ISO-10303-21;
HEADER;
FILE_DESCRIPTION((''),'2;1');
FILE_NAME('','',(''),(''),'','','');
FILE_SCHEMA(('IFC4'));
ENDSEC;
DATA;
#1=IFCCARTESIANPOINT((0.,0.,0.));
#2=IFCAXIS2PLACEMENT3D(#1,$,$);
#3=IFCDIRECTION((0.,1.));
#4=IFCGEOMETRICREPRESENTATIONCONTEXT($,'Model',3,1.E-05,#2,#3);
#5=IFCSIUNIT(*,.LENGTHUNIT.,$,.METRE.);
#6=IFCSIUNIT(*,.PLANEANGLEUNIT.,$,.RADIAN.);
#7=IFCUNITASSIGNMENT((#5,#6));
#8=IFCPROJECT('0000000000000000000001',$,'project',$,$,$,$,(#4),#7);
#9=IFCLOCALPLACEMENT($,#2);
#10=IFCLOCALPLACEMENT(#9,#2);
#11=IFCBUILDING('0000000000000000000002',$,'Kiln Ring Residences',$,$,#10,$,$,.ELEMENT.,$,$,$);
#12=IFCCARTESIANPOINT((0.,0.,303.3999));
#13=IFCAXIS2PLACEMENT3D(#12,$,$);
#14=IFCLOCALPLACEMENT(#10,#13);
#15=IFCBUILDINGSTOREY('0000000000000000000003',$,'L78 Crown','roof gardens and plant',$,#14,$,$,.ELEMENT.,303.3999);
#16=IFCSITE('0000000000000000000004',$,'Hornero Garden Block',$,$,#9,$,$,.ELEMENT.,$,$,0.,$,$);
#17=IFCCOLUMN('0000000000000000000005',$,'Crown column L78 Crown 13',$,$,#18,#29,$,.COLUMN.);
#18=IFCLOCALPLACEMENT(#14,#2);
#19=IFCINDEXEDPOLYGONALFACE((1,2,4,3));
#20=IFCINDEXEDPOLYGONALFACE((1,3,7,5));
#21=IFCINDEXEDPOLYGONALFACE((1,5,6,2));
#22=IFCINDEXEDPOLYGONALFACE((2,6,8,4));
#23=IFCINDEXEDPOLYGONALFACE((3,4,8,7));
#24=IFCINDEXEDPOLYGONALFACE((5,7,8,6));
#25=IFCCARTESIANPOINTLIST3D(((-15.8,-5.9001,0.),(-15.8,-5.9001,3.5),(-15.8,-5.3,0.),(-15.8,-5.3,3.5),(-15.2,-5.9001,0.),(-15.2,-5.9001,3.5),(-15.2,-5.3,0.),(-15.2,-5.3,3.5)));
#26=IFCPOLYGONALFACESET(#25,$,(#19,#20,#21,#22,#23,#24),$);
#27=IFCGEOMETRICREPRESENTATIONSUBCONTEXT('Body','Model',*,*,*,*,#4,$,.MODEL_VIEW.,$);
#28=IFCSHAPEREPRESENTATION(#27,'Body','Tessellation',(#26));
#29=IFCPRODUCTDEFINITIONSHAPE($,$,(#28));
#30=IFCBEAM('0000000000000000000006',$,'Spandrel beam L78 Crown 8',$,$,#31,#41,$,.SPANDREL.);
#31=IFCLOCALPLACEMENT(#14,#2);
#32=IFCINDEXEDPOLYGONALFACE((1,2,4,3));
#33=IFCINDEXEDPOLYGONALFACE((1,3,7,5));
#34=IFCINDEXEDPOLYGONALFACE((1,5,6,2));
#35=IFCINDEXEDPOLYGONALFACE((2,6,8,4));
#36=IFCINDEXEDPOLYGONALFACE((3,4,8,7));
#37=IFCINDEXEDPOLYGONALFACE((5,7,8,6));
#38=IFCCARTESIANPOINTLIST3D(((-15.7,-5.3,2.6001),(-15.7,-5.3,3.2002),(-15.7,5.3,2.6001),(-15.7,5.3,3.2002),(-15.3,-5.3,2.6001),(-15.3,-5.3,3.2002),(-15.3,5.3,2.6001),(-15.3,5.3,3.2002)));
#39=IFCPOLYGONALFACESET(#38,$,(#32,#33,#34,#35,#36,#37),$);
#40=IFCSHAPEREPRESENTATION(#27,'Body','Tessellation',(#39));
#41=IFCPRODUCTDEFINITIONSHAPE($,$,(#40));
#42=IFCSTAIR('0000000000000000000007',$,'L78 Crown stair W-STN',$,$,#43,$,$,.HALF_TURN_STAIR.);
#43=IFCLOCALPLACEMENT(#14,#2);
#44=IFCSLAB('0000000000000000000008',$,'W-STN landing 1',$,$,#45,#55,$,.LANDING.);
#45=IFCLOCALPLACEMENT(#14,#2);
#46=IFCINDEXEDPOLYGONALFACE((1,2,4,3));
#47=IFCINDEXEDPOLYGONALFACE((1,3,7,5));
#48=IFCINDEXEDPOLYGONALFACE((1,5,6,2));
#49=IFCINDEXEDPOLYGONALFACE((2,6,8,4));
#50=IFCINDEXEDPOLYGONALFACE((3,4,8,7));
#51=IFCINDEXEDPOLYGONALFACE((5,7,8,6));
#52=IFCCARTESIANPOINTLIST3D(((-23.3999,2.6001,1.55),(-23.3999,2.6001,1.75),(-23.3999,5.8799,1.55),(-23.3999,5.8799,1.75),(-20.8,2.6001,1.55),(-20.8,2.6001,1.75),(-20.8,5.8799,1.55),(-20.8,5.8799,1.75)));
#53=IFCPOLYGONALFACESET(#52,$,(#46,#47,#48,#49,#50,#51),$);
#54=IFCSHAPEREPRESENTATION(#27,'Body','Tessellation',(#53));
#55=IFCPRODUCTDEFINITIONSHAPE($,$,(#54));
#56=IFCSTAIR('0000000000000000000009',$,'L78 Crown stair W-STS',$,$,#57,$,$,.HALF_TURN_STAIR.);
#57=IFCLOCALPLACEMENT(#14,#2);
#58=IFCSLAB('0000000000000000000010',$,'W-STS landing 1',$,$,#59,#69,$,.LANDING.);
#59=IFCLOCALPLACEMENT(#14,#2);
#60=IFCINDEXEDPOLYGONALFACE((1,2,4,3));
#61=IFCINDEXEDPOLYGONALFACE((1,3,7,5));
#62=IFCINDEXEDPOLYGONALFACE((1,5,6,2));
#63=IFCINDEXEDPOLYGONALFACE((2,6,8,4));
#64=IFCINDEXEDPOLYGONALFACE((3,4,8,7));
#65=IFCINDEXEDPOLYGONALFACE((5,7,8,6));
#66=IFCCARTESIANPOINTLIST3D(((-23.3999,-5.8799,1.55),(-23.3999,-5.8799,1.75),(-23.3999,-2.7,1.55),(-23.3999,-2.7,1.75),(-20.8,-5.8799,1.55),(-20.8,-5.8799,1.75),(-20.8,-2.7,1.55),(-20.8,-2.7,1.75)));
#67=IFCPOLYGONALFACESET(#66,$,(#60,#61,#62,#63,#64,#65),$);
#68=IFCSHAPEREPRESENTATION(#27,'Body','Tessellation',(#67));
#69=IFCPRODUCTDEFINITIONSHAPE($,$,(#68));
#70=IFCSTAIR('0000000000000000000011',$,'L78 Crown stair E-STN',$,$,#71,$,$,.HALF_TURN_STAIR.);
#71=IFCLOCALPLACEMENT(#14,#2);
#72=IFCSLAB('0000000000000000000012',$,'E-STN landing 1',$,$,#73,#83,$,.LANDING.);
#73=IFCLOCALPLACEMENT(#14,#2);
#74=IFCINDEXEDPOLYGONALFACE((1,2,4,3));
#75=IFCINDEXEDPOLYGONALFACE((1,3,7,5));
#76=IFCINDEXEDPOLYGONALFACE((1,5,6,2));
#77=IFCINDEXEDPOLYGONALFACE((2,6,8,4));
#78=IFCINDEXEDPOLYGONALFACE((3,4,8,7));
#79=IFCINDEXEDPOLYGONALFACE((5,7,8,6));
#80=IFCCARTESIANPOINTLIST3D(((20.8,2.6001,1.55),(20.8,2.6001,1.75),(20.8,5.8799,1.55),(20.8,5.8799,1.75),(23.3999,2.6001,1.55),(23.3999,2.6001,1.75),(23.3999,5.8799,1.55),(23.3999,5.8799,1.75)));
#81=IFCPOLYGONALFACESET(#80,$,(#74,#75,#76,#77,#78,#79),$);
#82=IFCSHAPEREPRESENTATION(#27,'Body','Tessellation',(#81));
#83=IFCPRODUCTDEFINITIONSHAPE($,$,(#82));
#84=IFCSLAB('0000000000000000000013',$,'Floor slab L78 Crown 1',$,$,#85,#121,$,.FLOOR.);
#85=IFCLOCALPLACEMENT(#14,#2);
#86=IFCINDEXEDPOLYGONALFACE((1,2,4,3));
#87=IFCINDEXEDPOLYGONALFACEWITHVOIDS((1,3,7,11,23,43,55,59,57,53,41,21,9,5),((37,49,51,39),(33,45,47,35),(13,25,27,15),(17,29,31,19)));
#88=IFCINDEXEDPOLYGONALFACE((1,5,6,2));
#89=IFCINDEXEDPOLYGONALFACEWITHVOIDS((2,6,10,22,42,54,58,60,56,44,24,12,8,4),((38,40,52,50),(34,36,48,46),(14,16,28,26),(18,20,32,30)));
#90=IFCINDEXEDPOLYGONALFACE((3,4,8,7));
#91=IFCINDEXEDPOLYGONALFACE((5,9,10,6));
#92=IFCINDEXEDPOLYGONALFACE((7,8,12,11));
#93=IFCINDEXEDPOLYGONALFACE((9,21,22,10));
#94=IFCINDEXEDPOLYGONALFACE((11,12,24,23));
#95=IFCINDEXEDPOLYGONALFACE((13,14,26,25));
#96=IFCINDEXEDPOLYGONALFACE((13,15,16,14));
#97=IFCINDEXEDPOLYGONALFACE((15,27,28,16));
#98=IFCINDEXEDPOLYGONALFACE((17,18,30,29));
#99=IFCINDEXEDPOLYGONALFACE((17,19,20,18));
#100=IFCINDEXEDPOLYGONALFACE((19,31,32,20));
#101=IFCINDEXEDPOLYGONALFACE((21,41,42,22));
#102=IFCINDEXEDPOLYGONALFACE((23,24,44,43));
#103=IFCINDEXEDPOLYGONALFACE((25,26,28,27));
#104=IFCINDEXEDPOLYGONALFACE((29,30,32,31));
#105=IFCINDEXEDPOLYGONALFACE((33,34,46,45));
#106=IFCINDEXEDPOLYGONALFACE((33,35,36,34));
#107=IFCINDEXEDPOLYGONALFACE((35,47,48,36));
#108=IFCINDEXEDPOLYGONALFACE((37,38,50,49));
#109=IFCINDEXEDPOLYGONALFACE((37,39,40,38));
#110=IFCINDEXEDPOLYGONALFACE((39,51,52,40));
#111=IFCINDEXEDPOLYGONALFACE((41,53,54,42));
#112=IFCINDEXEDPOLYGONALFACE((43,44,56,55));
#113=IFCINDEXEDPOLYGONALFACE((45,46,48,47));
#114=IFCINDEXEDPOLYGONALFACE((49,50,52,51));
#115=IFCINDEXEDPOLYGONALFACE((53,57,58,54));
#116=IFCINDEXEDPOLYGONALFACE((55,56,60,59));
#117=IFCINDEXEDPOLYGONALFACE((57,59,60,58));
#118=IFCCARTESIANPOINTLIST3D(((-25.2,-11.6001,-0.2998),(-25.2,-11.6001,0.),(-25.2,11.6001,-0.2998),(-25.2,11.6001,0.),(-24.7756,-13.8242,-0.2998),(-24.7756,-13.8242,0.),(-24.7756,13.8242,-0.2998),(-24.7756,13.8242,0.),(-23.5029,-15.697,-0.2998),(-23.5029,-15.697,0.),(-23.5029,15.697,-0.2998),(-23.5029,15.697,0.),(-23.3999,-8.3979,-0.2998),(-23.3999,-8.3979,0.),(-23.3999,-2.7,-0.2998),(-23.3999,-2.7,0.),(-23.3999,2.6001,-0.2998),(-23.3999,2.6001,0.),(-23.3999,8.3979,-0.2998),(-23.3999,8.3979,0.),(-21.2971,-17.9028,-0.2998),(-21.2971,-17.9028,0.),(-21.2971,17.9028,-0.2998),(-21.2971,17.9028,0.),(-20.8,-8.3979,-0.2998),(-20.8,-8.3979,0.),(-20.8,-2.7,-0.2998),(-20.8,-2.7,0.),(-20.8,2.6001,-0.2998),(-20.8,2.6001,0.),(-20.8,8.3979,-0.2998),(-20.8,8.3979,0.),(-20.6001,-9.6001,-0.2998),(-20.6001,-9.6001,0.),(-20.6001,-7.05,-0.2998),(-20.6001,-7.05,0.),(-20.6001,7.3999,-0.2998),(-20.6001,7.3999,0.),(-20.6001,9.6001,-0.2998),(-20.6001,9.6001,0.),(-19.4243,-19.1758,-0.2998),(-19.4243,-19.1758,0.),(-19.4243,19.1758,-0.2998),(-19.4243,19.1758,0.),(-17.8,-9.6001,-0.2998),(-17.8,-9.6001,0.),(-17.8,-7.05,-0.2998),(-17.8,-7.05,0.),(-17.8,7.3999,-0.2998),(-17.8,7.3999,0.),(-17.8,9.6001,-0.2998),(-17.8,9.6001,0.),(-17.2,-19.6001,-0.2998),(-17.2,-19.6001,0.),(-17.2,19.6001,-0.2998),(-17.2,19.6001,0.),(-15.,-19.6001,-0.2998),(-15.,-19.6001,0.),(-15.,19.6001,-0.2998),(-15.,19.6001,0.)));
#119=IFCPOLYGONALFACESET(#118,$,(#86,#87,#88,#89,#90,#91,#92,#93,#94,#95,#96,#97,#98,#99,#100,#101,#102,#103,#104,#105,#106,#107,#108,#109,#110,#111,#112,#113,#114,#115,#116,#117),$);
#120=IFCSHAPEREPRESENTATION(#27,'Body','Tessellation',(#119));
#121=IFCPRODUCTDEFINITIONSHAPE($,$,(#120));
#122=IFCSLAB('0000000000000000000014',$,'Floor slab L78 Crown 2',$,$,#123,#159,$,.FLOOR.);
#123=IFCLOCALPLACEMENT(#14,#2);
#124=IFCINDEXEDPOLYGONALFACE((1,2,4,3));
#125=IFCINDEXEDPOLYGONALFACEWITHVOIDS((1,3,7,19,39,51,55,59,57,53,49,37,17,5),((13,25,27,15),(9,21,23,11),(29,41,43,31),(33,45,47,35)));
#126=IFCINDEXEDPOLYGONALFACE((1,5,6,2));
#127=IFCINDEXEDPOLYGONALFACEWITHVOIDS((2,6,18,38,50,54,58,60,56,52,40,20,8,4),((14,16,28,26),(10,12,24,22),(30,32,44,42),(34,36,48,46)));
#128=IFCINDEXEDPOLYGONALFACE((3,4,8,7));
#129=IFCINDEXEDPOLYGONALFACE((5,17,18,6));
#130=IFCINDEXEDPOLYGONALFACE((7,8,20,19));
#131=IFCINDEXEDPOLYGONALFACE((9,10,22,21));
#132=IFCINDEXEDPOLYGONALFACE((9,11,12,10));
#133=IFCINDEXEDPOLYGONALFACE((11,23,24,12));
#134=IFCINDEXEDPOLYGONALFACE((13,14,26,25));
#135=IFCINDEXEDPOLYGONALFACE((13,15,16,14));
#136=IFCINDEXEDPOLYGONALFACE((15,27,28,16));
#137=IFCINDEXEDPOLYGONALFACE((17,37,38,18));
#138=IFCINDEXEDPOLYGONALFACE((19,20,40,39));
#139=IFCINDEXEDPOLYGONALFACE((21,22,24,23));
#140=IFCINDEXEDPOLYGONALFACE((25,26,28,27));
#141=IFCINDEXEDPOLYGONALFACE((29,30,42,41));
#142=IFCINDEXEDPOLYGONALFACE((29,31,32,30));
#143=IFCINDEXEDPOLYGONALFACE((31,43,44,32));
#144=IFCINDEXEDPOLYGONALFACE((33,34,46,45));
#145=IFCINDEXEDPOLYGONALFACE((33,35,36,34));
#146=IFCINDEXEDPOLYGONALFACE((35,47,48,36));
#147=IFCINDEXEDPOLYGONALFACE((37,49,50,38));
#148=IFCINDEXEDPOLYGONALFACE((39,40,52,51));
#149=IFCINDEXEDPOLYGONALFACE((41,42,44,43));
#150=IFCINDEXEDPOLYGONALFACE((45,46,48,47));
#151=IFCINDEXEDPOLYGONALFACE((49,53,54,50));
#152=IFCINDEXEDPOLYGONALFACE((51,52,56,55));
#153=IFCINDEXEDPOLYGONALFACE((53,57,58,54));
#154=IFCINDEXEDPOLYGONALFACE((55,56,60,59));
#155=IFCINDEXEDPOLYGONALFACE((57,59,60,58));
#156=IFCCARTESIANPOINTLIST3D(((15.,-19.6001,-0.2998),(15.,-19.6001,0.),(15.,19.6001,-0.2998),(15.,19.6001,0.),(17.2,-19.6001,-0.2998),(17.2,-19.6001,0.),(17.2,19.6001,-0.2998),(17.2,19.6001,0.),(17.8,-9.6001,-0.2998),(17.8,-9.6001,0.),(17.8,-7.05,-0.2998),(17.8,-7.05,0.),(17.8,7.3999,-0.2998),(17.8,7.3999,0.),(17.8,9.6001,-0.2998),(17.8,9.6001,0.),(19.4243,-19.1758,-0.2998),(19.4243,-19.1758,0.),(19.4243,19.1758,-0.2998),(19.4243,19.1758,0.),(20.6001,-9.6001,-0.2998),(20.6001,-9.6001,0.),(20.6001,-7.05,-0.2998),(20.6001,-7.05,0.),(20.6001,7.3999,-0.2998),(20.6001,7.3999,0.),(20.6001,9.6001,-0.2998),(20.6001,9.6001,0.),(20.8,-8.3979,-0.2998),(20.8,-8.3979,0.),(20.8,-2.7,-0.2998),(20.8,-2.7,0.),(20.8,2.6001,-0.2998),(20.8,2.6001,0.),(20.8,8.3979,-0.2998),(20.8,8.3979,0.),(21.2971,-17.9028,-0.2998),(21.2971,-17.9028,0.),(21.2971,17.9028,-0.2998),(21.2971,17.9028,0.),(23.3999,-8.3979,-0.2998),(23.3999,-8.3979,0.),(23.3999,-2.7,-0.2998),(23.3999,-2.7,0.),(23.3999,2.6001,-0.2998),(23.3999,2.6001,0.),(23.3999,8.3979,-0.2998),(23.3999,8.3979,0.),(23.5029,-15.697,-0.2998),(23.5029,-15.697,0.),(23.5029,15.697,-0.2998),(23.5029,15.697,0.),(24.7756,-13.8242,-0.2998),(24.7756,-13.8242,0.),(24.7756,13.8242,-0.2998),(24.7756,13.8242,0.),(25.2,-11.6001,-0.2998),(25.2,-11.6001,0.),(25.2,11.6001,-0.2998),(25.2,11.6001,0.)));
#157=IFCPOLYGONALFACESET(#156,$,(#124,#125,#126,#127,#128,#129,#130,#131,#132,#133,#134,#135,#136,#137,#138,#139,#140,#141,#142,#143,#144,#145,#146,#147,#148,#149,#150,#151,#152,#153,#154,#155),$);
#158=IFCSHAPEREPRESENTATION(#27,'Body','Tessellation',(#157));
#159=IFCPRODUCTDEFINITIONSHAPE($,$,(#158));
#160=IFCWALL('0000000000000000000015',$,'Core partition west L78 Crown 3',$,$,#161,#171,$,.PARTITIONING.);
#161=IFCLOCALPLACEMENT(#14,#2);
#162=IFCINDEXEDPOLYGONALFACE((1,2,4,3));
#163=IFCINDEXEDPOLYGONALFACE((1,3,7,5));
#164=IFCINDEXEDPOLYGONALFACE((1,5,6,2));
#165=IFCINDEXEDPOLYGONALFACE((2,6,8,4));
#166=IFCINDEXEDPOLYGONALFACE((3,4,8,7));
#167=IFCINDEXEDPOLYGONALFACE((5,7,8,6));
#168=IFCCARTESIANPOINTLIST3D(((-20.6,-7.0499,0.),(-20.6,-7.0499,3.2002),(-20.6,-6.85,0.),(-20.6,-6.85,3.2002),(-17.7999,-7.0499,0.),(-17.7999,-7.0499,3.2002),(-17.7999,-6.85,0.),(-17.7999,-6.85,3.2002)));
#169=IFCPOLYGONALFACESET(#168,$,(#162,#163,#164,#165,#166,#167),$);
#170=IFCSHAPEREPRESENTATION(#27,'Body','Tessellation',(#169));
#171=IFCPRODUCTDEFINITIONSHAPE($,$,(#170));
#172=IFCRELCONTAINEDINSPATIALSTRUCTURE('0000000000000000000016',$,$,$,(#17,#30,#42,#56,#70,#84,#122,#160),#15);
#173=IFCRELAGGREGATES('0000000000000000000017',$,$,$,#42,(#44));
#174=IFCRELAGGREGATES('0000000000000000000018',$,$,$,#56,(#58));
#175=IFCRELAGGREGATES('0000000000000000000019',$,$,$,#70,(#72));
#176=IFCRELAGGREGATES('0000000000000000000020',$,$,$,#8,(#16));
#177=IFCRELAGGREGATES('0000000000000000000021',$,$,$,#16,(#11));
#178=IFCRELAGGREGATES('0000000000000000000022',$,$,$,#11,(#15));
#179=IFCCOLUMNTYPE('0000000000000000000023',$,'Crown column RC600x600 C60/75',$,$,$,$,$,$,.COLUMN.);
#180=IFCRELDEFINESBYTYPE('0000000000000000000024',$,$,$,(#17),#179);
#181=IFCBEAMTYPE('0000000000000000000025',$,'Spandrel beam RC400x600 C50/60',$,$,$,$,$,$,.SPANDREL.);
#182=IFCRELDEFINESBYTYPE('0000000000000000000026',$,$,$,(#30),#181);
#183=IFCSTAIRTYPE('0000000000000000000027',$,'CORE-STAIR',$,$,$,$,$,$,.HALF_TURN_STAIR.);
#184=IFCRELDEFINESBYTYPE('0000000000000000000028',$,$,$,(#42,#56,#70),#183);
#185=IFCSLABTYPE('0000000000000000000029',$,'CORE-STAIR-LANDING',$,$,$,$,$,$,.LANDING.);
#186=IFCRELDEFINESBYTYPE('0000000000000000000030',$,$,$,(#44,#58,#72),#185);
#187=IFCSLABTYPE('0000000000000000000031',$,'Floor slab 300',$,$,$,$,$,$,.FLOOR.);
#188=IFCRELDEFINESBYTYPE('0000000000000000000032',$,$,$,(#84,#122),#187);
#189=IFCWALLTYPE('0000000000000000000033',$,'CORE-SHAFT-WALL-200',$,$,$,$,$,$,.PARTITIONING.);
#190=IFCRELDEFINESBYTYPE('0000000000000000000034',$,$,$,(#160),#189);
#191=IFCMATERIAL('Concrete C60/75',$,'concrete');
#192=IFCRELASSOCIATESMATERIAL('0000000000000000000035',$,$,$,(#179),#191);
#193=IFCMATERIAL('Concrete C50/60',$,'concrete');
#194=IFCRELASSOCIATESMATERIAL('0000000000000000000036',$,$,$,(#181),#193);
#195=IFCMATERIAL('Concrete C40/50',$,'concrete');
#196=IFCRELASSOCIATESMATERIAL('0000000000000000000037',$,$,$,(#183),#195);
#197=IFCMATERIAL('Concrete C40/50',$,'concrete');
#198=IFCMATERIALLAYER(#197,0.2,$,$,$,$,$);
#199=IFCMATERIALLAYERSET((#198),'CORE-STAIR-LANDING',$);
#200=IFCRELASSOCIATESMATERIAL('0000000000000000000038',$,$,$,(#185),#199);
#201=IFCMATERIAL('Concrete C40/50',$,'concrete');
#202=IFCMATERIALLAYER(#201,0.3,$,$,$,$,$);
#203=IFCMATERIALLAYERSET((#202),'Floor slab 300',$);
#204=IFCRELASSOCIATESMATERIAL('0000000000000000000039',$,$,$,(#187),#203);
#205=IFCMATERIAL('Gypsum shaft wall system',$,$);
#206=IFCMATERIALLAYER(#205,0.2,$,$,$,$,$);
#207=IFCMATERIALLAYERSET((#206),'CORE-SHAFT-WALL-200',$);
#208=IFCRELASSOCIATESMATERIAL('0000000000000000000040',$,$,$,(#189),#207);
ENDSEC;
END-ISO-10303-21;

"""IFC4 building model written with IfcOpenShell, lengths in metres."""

from ifc_helpers import new_model, si_unit, direction, frame, frame_2d, origin, origin_2d, place, context, subcontext, project, spatial, polyline, rectangle, outline, extrude, material, layer, layer_set, material_profile, profile_set, type_object, element, aggregate, save


model = new_model("IFC4")

# Units and contexts
model_context = context("Model", 3, precision=1e-05, world=origin(), true_north=direction((0.0, 1.0)))
body_context = subcontext(model_context, "Body", "Model", "MODEL_VIEW")
ifc_project = project(units=[si_unit("LENGTHUNIT", "METRE"), si_unit("PLANEANGLEUNIT", "RADIAN")], contexts=[model_context])

# Site, building, storey
site_placement = place(None, origin())
site = spatial("IfcSite", under=ifc_project, at=site_placement, Name="Hornero Garden Block", CompositionType="ELEMENT", RefElevation=0.0)
building_placement = place(site_placement, origin())
building = spatial("IfcBuilding", under=site, at=building_placement, Name="Kiln Ring Residences", CompositionType="ELEMENT")
storey_placement = place(building_placement, frame((0.0, 0.0, 303.3999)))
storey = spatial("IfcBuildingStorey", under=building, at=storey_placement, Name="L78 Crown", Description="roof gardens and plant", CompositionType="ELEMENT", Elevation=303.3999)

# Column
ifc_material_1 = material(Name="Concrete C60/75", Category="concrete")
ifc_material_profile_1 = material_profile(ifc_material_1, rectangle(XDim=0.6001, YDim=0.6001, at=origin_2d()), Name="RC600x600")
ifc_profile_set_1 = profile_set([ifc_material_profile_1], Name="Concrete C60/75")
column_type = type_object("IfcColumnType", Name="Crown column RC600x600 C60/75", PredefinedType="COLUMN", material=ifc_profile_set_1)
column_placement = place(storey_placement, frame((-15.5, -5.6001, 0.0), z_axis=(0.0, 0.0, 1.0), x_axis=(1.0, 0.0, 0.0)))
element("IfcColumn", 1, at=column_placement, inside=storey, type_object=column_type, Name="Crown column L78 Crown 13", PredefinedType="COLUMN", context=body_context, shape_type="SweptSolid", body=[
    extrude(rectangle(XDim=0.6001, YDim=0.6001, at=origin_2d()), origin(), (0.0, 0.0, 1.0), 3.5),
])

# Beam
ifc_material_2 = material(Name="Concrete C50/60", Category="concrete")
ifc_material_profile_2 = material_profile(ifc_material_2, rectangle(XDim=0.3999, YDim=0.6001, at=origin_2d()), Name="RC400x600")
ifc_profile_set_2 = profile_set([ifc_material_profile_2], Name="Concrete C50/60")
beam_type = type_object("IfcBeamType", Name="Spandrel beam RC400x600 C50/60", PredefinedType="SPANDREL", material=ifc_profile_set_2)
beam_placement = place(storey_placement, frame((-15.5, -5.3, 2.9001), z_axis=(0.0, 1.0, 0.0), x_axis=(-1.0, 0.0, 0.0)))
element("IfcBeam", 2, at=beam_placement, inside=storey, type_object=beam_type, Name="Spandrel beam L78 Crown 8", PredefinedType="SPANDREL", context=body_context, shape_type="SweptSolid", body=[
    extrude(rectangle(XDim=0.3999, YDim=0.6001, at=origin_2d()), origin(), (0.0, 0.0, 1.0), 10.6001),
])

# Stairs, slabs
ifc_material_3 = material(Name="Concrete C40/50", Category="concrete")
stair_type = type_object("IfcStairType", Name="CORE-STAIR", PredefinedType="HALF_TURN_STAIR", material=ifc_material_3)
placement_1 = place(storey_placement, origin())
stair_1 = element("IfcStair", 3, at=placement_1, inside=storey, type_object=stair_type, Name="L78 Crown stair W-STN", PredefinedType="HALF_TURN_STAIR")
ifc_material_4 = material(Name="Concrete C40/50", Category="concrete")
ifc_layer_1 = layer(ifc_material_4, 0.2)
ifc_layer_set_1 = layer_set([ifc_layer_1], Name="CORE-STAIR-LANDING")
slab_type_1 = type_object("IfcSlabType", Name="CORE-STAIR-LANDING", PredefinedType="LANDING", material=ifc_layer_set_1)
placement_2 = place(storey_placement, frame((0.0, 0.0, 1.55)))
slab_1 = element("IfcSlab", 4, at=placement_2, type_object=slab_type_1, Name="W-STN landing 1", PredefinedType="LANDING", context=body_context, shape_type="SweptSolid", body=[
    extrude(outline(polyline([(-23.3999, 5.8799), (-23.3999, 2.6001), (-20.8, 2.6001), (-20.8, 5.8799), (-23.3999, 5.8799)])), origin(), (0.0, 0.0, 1.0), 0.2),
])
aggregate(stair_1, [slab_1])
stair_2 = element("IfcStair", 5, at=placement_1, inside=storey, type_object=stair_type, Name="L78 Crown stair W-STS", PredefinedType="HALF_TURN_STAIR")
slab_2 = element("IfcSlab", 6, at=placement_2, type_object=slab_type_1, Name="W-STS landing 1", PredefinedType="LANDING", context=body_context, shape_type="SweptSolid", body=[
    extrude(outline(polyline([(-20.8, -5.8799), (-20.8, -2.7), (-23.3999, -2.7), (-23.3999, -5.8799), (-20.8, -5.8799)])), origin(), (0.0, 0.0, 1.0), 0.2),
])
aggregate(stair_2, [slab_2])
stair_3 = element("IfcStair", 7, at=placement_1, inside=storey, type_object=stair_type, Name="L78 Crown stair E-STN", PredefinedType="HALF_TURN_STAIR")
slab_3 = element("IfcSlab", 8, at=placement_2, type_object=slab_type_1, Name="E-STN landing 1", PredefinedType="LANDING", context=body_context, shape_type="SweptSolid", body=[
    extrude(outline(polyline([(20.8, 5.8799), (20.8, 2.6001), (23.3999, 2.6001), (23.3999, 5.8799), (20.8, 5.8799)])), origin(), (0.0, 0.0, 1.0), 0.2),
])
aggregate(stair_3, [slab_3])

# Slabs
ifc_material_5 = material(Name="Concrete C40/50", Category="concrete")
ifc_layer_2 = layer(ifc_material_5, 0.3)
ifc_layer_set_2 = layer_set([ifc_layer_2], Name="Floor slab 300")
slab_type_2 = type_object("IfcSlabType", Name="Floor slab 300", PredefinedType="FLOOR", material=ifc_layer_set_2)
placement_3 = place(storey_placement, frame((0.0, 0.0, -0.2998)))
element("IfcSlab", 9, at=placement_3, inside=storey, type_object=slab_type_2, Name="Floor slab L78 Crown 1", PredefinedType="FLOOR", context=body_context, shape_type="SweptSolid", body=[
    extrude(outline(polyline([(-21.2971, -17.9028), (-19.4243, -19.1758), (-17.2, -19.6001), (-15.0, -19.6001), (-15.0, 19.6001), (-17.2, 19.6001), (-19.4243, 19.1758), (-21.2971, 17.9028), (-23.5029, 15.697), (-24.7756, 13.8242), (-25.2, 11.6001), (-25.2, -11.6001), (-24.7756, -13.8242), (-23.5029, -15.697), (-21.2971, -17.9028)]), holes=[polyline([(-17.8, -7.05), (-17.8, -9.6001), (-20.6001, -9.6001), (-20.6001, -7.05), (-17.8, -7.05)]), polyline([(-17.8, 9.6001), (-17.8, 7.3999), (-20.6001, 7.3999), (-20.6001, 9.6001), (-17.8, 9.6001)]), polyline([(-20.8, -2.7), (-20.8, -8.3979), (-23.3999, -8.3979), (-23.3999, -2.7), (-20.8, -2.7)]), polyline([(-20.8, 8.3979), (-20.8, 2.6001), (-23.3999, 2.6001), (-23.3999, 8.3979), (-20.8, 8.3979)])]), origin(), (0.0, 0.0, 1.0), 0.2998),
])
element("IfcSlab", 10, at=placement_3, inside=storey, type_object=slab_type_2, Name="Floor slab L78 Crown 2", PredefinedType="FLOOR", context=body_context, shape_type="SweptSolid", body=[
    extrude(outline(polyline([(15.0, 19.6001), (15.0, -19.6001), (17.2, -19.6001), (19.4243, -19.1758), (21.2971, -17.9028), (23.5029, -15.697), (24.7756, -13.8242), (25.2, -11.6001), (25.2, 11.6001), (24.7756, 13.8242), (23.5029, 15.697), (21.2971, 17.9028), (19.4243, 19.1758), (17.2, 19.6001), (15.0, 19.6001)]), holes=[polyline([(23.3999, -8.3979), (20.8, -8.3979), (20.8, -2.7), (23.3999, -2.7), (23.3999, -8.3979)]), polyline([(23.3999, 2.6001), (20.8, 2.6001), (20.8, 8.3979), (23.3999, 8.3979), (23.3999, 2.6001)]), polyline([(20.6001, -9.6001), (17.8, -9.6001), (17.8, -7.05), (20.6001, -7.05), (20.6001, -9.6001)]), polyline([(20.6001, 7.3999), (17.8, 7.3999), (17.8, 9.6001), (20.6001, 9.6001), (20.6001, 7.3999)])]), origin(), (0.0, 0.0, 1.0), 0.2998),
])

# Wall
ifc_material_6 = material(Name="Gypsum shaft wall system")
ifc_layer_3 = layer(ifc_material_6, 0.2)
ifc_layer_set_3 = layer_set([ifc_layer_3], Name="CORE-SHAFT-WALL-200")
wall_type_1 = type_object("IfcWallType", Name="CORE-SHAFT-WALL-200", PredefinedType="PARTITIONING", material=ifc_layer_set_3)
wall_1_placement = place(storey_placement, frame((-17.8, -6.95, 0.0), z_axis=(0.0, 0.0, 1.0), x_axis=(-1.0, 0.0, 0.0)))
element("IfcWall", 11, at=wall_1_placement, inside=storey, type_object=wall_type_1, Name="Core partition west L78 Crown 3", PredefinedType="PARTITIONING", context=body_context, shape_type="SweptSolid", body=[
    extrude(rectangle(XDim=2.8, YDim=0.2, at=frame_2d((1.3999, 0.0))), origin(), (0.0, 0.0, 1.0), 3.2002),
])

save(model, "model.ifc")
